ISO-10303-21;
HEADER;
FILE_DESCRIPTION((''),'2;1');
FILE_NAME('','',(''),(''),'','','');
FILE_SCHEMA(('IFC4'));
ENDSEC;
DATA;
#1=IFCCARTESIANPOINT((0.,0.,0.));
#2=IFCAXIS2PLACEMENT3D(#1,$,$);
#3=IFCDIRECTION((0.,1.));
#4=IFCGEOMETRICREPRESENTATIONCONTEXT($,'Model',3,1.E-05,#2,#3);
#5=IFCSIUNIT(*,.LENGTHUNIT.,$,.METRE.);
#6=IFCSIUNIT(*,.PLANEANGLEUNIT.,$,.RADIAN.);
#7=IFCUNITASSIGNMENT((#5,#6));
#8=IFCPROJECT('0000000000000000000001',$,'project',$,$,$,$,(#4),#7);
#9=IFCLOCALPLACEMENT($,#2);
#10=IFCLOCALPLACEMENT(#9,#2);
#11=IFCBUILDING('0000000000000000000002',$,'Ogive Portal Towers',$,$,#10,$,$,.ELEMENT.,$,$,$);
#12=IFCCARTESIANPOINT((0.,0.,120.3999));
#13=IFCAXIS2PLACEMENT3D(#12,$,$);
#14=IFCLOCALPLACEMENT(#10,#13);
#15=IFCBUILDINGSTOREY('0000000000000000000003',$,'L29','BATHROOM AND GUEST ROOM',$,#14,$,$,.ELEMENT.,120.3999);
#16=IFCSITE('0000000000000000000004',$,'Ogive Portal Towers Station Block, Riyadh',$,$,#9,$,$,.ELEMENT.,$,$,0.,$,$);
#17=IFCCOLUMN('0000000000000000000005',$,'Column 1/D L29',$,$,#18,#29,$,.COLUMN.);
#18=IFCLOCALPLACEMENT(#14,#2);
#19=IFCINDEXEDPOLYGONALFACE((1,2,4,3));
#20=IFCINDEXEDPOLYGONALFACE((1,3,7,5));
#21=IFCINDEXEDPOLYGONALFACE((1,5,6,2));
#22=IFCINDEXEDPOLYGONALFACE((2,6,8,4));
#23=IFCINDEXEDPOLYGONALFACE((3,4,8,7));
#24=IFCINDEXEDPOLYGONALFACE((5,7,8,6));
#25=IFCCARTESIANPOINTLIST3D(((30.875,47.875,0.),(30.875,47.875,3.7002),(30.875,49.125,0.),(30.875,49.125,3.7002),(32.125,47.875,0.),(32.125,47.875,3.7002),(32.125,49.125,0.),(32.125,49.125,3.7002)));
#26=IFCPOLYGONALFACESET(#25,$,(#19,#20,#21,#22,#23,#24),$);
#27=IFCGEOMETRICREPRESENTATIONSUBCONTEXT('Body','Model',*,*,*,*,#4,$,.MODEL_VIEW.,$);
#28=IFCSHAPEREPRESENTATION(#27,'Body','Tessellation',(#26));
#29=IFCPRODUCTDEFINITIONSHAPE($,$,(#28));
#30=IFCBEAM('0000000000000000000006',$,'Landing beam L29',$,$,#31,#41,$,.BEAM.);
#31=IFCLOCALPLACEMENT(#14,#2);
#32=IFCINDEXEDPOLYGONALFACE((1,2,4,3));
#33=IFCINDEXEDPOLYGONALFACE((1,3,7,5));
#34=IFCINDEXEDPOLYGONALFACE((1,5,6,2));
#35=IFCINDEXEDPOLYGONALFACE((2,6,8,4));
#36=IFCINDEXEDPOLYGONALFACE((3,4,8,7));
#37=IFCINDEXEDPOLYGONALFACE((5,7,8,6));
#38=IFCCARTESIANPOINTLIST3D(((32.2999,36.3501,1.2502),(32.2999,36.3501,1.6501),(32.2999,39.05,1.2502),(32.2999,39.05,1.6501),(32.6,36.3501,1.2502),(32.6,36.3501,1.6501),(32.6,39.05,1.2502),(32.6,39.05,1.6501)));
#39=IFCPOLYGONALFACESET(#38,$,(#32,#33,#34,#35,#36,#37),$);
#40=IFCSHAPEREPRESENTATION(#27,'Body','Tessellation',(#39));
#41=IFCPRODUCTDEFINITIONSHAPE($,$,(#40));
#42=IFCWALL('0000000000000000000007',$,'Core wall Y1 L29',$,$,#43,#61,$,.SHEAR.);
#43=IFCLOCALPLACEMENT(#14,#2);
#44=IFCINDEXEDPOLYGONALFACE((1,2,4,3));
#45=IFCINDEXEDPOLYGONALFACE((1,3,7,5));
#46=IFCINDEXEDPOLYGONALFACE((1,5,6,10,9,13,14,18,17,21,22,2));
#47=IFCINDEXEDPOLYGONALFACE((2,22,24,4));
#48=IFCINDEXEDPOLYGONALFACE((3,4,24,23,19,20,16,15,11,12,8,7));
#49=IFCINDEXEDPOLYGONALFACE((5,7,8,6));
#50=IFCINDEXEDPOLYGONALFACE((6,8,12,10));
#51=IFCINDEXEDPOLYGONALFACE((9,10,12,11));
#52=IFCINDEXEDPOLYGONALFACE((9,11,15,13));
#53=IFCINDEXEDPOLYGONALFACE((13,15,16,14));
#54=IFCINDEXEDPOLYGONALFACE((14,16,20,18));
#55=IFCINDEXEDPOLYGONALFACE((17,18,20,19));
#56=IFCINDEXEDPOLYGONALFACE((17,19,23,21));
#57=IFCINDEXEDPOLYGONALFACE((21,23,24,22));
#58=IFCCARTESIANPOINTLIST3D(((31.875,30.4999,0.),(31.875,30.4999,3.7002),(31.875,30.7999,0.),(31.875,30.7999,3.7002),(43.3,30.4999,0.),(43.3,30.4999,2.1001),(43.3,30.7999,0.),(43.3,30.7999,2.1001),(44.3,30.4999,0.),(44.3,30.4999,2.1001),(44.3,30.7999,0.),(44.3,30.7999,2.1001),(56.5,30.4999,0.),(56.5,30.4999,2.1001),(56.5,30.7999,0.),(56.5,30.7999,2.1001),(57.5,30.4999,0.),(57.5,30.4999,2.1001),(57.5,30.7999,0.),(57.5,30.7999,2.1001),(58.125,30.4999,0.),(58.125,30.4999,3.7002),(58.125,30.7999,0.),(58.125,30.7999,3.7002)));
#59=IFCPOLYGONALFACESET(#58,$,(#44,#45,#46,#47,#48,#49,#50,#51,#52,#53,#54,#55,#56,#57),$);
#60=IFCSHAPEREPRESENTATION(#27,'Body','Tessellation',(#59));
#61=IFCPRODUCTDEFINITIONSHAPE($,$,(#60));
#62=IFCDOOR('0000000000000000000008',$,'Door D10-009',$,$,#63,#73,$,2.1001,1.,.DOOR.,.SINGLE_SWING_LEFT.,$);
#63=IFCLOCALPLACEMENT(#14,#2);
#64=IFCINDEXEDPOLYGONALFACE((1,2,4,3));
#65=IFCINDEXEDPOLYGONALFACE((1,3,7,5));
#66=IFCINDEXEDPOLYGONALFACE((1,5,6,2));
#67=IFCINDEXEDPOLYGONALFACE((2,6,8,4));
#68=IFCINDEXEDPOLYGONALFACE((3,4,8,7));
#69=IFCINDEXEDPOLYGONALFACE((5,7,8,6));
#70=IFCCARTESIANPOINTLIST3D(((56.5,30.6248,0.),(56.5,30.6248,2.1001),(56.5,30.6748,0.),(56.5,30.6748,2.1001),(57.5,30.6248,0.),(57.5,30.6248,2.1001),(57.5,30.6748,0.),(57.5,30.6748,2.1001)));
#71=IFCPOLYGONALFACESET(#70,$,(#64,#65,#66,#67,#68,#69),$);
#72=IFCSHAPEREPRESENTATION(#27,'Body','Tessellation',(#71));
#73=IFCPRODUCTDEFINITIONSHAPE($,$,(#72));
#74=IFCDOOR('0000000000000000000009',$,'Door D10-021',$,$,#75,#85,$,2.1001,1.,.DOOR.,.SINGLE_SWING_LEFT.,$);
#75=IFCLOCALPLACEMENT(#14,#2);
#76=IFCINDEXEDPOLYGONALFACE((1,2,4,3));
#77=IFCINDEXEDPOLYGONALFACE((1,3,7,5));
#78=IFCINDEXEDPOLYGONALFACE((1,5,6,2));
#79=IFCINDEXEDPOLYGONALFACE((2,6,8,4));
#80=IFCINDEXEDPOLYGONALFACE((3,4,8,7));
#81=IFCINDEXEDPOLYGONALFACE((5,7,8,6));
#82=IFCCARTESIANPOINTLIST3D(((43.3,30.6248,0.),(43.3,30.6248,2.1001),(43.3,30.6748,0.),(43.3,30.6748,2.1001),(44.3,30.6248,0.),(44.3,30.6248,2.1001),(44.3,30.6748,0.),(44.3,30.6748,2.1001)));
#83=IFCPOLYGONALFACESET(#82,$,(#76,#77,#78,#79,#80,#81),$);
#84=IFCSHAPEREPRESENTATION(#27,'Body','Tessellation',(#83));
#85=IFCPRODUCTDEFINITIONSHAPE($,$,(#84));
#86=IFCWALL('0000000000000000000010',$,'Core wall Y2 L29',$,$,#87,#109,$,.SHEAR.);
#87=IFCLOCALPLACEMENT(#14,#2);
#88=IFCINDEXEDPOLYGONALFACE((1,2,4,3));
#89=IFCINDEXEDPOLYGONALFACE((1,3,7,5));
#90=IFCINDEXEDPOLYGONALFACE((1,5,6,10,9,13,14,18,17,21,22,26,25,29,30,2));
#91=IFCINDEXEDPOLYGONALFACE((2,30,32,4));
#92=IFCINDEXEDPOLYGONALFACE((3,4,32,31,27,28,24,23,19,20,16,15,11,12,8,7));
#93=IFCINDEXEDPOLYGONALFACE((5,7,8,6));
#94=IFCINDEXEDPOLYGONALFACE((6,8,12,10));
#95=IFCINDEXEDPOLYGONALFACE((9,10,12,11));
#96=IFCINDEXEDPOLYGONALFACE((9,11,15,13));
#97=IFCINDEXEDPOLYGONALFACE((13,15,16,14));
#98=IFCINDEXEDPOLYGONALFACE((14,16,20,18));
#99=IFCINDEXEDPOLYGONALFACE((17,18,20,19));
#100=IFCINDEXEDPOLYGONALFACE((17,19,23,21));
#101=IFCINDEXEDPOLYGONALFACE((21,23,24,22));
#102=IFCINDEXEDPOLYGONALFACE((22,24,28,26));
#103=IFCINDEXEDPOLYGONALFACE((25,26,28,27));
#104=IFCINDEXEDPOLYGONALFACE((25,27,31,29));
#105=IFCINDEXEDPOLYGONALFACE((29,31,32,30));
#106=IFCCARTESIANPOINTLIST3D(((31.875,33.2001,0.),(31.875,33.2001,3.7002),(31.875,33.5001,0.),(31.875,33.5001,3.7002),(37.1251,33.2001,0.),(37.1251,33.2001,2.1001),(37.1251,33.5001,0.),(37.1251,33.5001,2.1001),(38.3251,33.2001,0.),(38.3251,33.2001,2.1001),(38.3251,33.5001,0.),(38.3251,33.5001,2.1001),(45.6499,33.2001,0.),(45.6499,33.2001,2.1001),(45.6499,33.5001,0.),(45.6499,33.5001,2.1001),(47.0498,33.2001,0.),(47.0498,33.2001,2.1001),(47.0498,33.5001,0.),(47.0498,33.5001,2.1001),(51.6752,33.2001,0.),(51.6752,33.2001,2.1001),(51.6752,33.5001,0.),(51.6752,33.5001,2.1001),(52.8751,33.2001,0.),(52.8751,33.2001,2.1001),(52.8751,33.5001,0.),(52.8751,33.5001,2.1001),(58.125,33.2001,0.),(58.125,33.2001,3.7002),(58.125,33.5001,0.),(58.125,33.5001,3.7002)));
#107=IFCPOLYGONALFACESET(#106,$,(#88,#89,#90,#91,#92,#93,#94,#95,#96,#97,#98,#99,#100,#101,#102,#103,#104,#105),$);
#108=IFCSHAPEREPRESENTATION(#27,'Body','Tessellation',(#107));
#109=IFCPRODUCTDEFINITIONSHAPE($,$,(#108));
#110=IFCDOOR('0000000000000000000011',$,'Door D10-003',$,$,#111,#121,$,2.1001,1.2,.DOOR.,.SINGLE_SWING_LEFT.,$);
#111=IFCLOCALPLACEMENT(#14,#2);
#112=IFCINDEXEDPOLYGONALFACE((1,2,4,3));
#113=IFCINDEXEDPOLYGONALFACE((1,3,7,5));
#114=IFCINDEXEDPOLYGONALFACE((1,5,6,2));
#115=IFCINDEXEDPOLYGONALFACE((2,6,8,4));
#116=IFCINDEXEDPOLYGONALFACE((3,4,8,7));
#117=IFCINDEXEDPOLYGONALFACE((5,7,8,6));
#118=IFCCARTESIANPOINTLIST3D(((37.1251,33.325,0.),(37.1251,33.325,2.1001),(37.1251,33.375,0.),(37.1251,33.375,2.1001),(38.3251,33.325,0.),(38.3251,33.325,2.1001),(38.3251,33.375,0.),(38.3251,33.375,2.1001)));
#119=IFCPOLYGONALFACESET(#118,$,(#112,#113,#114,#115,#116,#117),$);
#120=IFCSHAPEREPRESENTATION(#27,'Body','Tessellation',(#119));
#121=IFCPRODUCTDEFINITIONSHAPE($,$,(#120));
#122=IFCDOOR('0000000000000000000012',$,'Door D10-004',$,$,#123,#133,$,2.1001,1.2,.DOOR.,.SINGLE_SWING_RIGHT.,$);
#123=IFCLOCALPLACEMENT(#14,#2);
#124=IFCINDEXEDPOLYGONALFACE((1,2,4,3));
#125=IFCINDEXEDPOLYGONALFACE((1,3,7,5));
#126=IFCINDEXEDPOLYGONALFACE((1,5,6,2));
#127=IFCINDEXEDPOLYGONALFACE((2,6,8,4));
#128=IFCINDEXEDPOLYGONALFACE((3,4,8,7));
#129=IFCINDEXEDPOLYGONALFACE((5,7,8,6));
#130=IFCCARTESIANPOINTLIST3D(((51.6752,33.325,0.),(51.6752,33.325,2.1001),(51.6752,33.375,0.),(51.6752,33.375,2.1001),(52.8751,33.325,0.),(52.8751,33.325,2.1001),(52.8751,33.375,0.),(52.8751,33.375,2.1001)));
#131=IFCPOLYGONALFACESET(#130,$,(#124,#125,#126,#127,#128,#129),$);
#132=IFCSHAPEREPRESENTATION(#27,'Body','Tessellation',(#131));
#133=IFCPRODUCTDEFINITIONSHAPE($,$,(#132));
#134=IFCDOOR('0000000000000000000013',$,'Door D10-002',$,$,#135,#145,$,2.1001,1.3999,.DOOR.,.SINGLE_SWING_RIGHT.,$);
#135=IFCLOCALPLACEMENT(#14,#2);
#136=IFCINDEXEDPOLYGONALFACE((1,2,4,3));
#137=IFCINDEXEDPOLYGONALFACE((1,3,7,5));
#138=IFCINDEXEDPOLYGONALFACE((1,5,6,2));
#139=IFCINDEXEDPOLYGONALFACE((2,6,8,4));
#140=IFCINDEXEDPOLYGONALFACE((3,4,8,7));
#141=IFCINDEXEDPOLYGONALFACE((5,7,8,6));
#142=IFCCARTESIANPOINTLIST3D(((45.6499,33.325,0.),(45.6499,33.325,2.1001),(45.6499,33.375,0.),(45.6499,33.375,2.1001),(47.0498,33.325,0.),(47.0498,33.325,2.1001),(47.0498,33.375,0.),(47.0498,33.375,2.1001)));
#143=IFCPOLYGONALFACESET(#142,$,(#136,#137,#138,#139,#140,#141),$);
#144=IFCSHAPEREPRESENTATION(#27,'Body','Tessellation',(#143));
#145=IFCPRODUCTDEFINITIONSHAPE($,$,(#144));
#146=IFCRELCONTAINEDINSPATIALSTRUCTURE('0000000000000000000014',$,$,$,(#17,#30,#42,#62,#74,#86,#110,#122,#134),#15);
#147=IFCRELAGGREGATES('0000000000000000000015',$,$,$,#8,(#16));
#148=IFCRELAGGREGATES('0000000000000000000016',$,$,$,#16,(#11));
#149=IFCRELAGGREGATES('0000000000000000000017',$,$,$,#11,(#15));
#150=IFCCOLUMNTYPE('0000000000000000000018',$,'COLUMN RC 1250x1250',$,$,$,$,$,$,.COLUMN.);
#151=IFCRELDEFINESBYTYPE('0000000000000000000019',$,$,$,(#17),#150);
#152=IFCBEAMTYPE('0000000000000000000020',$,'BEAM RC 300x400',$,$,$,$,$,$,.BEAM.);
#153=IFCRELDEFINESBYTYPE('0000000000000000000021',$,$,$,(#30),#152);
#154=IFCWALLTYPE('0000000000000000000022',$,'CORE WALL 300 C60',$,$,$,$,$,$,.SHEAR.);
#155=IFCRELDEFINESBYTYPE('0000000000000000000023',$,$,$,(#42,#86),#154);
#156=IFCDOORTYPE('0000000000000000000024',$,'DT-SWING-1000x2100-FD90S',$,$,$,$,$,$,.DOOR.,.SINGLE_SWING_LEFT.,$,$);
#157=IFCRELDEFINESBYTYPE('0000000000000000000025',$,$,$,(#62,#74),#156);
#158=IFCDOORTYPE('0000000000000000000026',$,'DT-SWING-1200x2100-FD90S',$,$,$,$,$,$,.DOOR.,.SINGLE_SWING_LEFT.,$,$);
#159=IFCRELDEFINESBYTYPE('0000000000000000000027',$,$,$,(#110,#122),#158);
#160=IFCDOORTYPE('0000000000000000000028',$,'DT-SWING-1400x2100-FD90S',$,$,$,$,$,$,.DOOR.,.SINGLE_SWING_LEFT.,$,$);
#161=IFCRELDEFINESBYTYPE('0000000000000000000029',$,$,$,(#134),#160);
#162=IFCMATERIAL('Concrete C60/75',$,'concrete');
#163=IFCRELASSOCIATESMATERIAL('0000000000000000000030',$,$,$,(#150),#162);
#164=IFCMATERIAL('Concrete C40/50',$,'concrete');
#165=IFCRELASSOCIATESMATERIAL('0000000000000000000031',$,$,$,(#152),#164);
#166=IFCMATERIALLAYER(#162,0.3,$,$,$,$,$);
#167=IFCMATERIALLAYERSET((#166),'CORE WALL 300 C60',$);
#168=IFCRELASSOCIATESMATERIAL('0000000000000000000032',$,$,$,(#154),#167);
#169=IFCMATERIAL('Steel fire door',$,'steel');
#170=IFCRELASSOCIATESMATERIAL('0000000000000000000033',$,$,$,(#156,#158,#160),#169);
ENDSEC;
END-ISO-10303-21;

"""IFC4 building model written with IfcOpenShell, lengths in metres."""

from ifc_helpers import new_model, si_unit, direction, frame, frame_2d, origin, origin_2d, place, context, subcontext, project, spatial, rectangle, extrude, material, layer, layer_set, material_profile, profile_set, type_object, element, fill, save


model = new_model("IFC4")

# Units and contexts
model_context = context("Model", 3, precision=1e-05, world=origin(), true_north=direction((0.0, 1.0)))
body_context = subcontext(model_context, "Body", "Model", "MODEL_VIEW")
ifc_project = project(units=[si_unit("LENGTHUNIT", "METRE"), si_unit("PLANEANGLEUNIT", "RADIAN")], contexts=[model_context])

# Site, building, storey
site_placement = place(None, origin())
site = spatial("IfcSite", under=ifc_project, at=site_placement, Name="Ogive Portal Towers Station Block, Riyadh", CompositionType="ELEMENT", RefElevation=0.0)
building_placement = place(site_placement, origin())
building = spatial("IfcBuilding", under=site, at=building_placement, Name="Ogive Portal Towers", CompositionType="ELEMENT")
storey_placement = place(building_placement, frame((0.0, 0.0, 120.3999)))
storey = spatial("IfcBuildingStorey", under=building, at=storey_placement, Name="L29", Description="BATHROOM AND GUEST ROOM", CompositionType="ELEMENT", Elevation=120.3999)

# Column
ifc_material_1 = material(Name="Concrete C60/75", Category="concrete")
ifc_material_profile_1 = material_profile(ifc_material_1, rectangle(XDim=1.25, YDim=1.25, at=origin_2d()), Name="RC 1250x1250")
ifc_profile_set_1 = profile_set([ifc_material_profile_1], Name="Concrete C60/75")
column_type = type_object("IfcColumnType", Name="COLUMN RC 1250x1250", PredefinedType="COLUMN", material=ifc_profile_set_1)
column_placement = place(storey_placement, frame((31.5, 48.5, 0.0), z_axis=(0.0, 0.0, 1.0), x_axis=(1.0, 0.0, 0.0)))
element("IfcColumn", 1, at=column_placement, inside=storey, type_object=column_type, Name="Column 1/D L29", PredefinedType="COLUMN", context=body_context, shape_type="SweptSolid", body=[
    extrude(rectangle(XDim=1.25, YDim=1.25, at=origin_2d()), origin(), (0.0, 0.0, 1.0), 3.7002),
])

# Beam
ifc_material_2 = material(Name="Concrete C40/50", Category="concrete")
ifc_material_profile_2 = material_profile(ifc_material_2, rectangle(XDim=0.3, YDim=0.3999, at=origin_2d()), Name="RC 300x400")
ifc_profile_set_2 = profile_set([ifc_material_profile_2], Name="Concrete C40/50")
beam_type = type_object("IfcBeamType", Name="BEAM RC 300x400", PredefinedType="BEAM", material=ifc_profile_set_2)
beam_placement = place(storey_placement, frame((32.45, 36.3501, 1.4502), z_axis=(0.0, 1.0, 0.0), x_axis=(-1.0, 0.0, 0.0)))
element("IfcBeam", 2, at=beam_placement, inside=storey, type_object=beam_type, Name="Landing beam L29", PredefinedType="BEAM", context=body_context, shape_type="SweptSolid", body=[
    extrude(rectangle(XDim=0.3, YDim=0.3999, at=origin_2d()), origin(), (0.0, 0.0, 1.0), 2.7),
])

# Walls, openings, doors
ifc_layer_1 = layer(ifc_material_1, 0.3)
ifc_layer_set_1 = layer_set([ifc_layer_1], Name="CORE WALL 300 C60")
wall_type_1 = type_object("IfcWallType", Name="CORE WALL 300 C60", PredefinedType="SHEAR", material=ifc_layer_set_1)
wall_1_placement = place(storey_placement, frame((31.875, 30.6499, 0.0), z_axis=(0.0, 0.0, 1.0), x_axis=(1.0, 0.0, 0.0)))
wall_1 = element("IfcWall", 3, at=wall_1_placement, inside=storey, type_object=wall_type_1, Name="Core wall Y1 L29", PredefinedType="SHEAR", context=body_context, shape_type="SweptSolid", body=[
    extrude(rectangle(XDim=26.25, YDim=0.3, at=frame_2d((13.125, 0.0))), origin(), (0.0, 0.0, 1.0), 3.7002),
])
opening_1_placement = place(wall_1_placement, frame((24.625, 0.0, 0.0)))
opening_1 = element("IfcOpeningElement", 4, at=opening_1_placement, cuts=wall_1, PredefinedType="OPENING", context=body_context, shape_type="SweptSolid", body=[
    extrude(rectangle(XDim=1.0, YDim=2.1001, at=frame_2d((0.5, 1.05))), frame((0.0, 0.1602, 0.0), z_axis=(0.0, -1.0, 0.0), x_axis=(1.0, 0.0, 0.0)), (0.0, 0.0, 1.0), 0.3201),
])
opening_2_placement = place(wall_1_placement, frame((11.425, 0.0, 0.0)))
opening_2 = element("IfcOpeningElement", 5, at=opening_2_placement, cuts=wall_1, PredefinedType="OPENING", context=body_context, shape_type="SweptSolid", body=[
    extrude(rectangle(XDim=1.0, YDim=2.1001, at=frame_2d((0.5, 1.05))), frame((0.0, 0.1602, 0.0), z_axis=(0.0, -1.0, 0.0), x_axis=(1.0, 0.0, 0.0)), (0.0, 0.0, 1.0), 0.3201),
])
ifc_material_3 = material(Name="Steel fire door", Category="steel")
door_type_1 = type_object("IfcDoorType", Name="DT-SWING-1000x2100-FD90S", OperationType="SINGLE_SWING_LEFT", PredefinedType="DOOR", material=ifc_material_3)
door_1_placement = place(opening_1_placement, origin())
door_1 = element("IfcDoor", 6, at=door_1_placement, inside=storey, type_object=door_type_1, Name="Door D10-009", OperationType="SINGLE_SWING_LEFT", OverallHeight=2.1001, OverallWidth=1.0, PredefinedType="DOOR", context=body_context, shape_type="SweptSolid", body=[
    extrude(rectangle(XDim=1.0, YDim=2.1001, at=frame_2d((0.5, 1.05))), frame((0.0, 0.0249, 0.0), z_axis=(0.0, -1.0, 0.0), x_axis=(1.0, 0.0, 0.0)), (0.0, 0.0, 1.0), 0.05),
])
fill(opening_1, door_1)
door_2_placement = place(opening_2_placement, origin())
door_2 = element("IfcDoor", 7, at=door_2_placement, inside=storey, type_object=door_type_1, Name="Door D10-021", OperationType="SINGLE_SWING_LEFT", OverallHeight=2.1001, OverallWidth=1.0, PredefinedType="DOOR", context=body_context, shape_type="SweptSolid", body=[
    extrude(rectangle(XDim=1.0, YDim=2.1001, at=frame_2d((0.5, 1.05))), frame((0.0, 0.0249, 0.0), z_axis=(0.0, -1.0, 0.0), x_axis=(1.0, 0.0, 0.0)), (0.0, 0.0, 1.0), 0.05),
])
fill(opening_2, door_2)
wall_2_placement = place(storey_placement, frame((31.875, 33.3501, 0.0), z_axis=(0.0, 0.0, 1.0), x_axis=(1.0, 0.0, 0.0)))
wall_2 = element("IfcWall", 8, at=wall_2_placement, inside=storey, type_object=wall_type_1, Name="Core wall Y2 L29", PredefinedType="SHEAR", context=body_context, shape_type="SweptSolid", body=[
    extrude(rectangle(XDim=26.25, YDim=0.3, at=frame_2d((13.125, 0.0))), origin(), (0.0, 0.0, 1.0), 3.7002),
])
opening_3_placement = place(wall_2_placement, frame((13.7749, 0.0, 0.0)))
opening_3 = element("IfcOpeningElement", 9, at=opening_3_placement, cuts=wall_2, PredefinedType="OPENING", context=body_context, shape_type="SweptSolid", body=[
    extrude(rectangle(XDim=1.3999, YDim=2.1001, at=frame_2d((0.7, 1.05))), frame((0.0, 0.1602, 0.0), z_axis=(0.0, -1.0, 0.0), x_axis=(1.0, 0.0, 0.0)), (0.0, 0.0, 1.0), 0.3201),
])
opening_4_placement = place(wall_2_placement, frame((5.25, 0.0, 0.0)))
opening_4 = element("IfcOpeningElement", 10, at=opening_4_placement, cuts=wall_2, PredefinedType="OPENING", context=body_context, shape_type="SweptSolid", body=[
    extrude(rectangle(XDim=1.2, YDim=2.1001, at=frame_2d((0.6001, 1.05))), frame((0.0, 0.1602, 0.0), z_axis=(0.0, -1.0, 0.0), x_axis=(1.0, 0.0, 0.0)), (0.0, 0.0, 1.0), 0.3201),
])
opening_5_placement = place(wall_2_placement, frame((19.8, 0.0, 0.0)))
opening_5 = element("IfcOpeningElement", 11, at=opening_5_placement, cuts=wall_2, PredefinedType="OPENING", context=body_context, shape_type="SweptSolid", body=[
    extrude(rectangle(XDim=1.2, YDim=2.1001, at=frame_2d((0.6001, 1.05))), frame((0.0, 0.1602, 0.0), z_axis=(0.0, -1.0, 0.0), x_axis=(1.0, 0.0, 0.0)), (0.0, 0.0, 1.0), 0.3201),
])
door_type_2 = type_object("IfcDoorType", Name="DT-SWING-1200x2100-FD90S", OperationType="SINGLE_SWING_LEFT", PredefinedType="DOOR", material=ifc_material_3)
door_3_placement = place(opening_4_placement, origin())
door_3 = element("IfcDoor", 12, at=door_3_placement, inside=storey, type_object=door_type_2, Name="Door D10-003", OperationType="SINGLE_SWING_LEFT", OverallHeight=2.1001, OverallWidth=1.2, PredefinedType="DOOR", context=body_context, shape_type="SweptSolid", body=[
    extrude(rectangle(XDim=1.2, YDim=2.1001, at=frame_2d((0.6001, 1.05))), frame((0.0, 0.0249, 0.0), z_axis=(0.0, -1.0, 0.0), x_axis=(1.0, 0.0, 0.0)), (0.0, 0.0, 1.0), 0.05),
])
fill(opening_4, door_3)
door_4_placement = place(opening_5_placement, origin())
door_4 = element("IfcDoor", 13, at=door_4_placement, inside=storey, type_object=door_type_2, Name="Door D10-004", OperationType="SINGLE_SWING_RIGHT", OverallHeight=2.1001, OverallWidth=1.2, PredefinedType="DOOR", context=body_context, shape_type="SweptSolid", body=[
    extrude(rectangle(XDim=1.2, YDim=2.1001, at=frame_2d((0.6001, 1.05))), frame((0.0, 0.0249, 0.0), z_axis=(0.0, -1.0, 0.0), x_axis=(1.0, 0.0, 0.0)), (0.0, 0.0, 1.0), 0.05),
])
fill(opening_5, door_4)
door_type_3 = type_object("IfcDoorType", Name="DT-SWING-1400x2100-FD90S", OperationType="SINGLE_SWING_LEFT", PredefinedType="DOOR", material=ifc_material_3)
door_5_placement = place(opening_3_placement, origin())
door_5 = element("IfcDoor", 14, at=door_5_placement, inside=storey, type_object=door_type_3, Name="Door D10-002", OperationType="SINGLE_SWING_RIGHT", OverallHeight=2.1001, OverallWidth=1.3999, PredefinedType="DOOR", context=body_context, shape_type="SweptSolid", body=[
    extrude(rectangle(XDim=1.3999, YDim=2.1001, at=frame_2d((0.7, 1.05))), frame((0.0, 0.0249, 0.0), z_axis=(0.0, -1.0, 0.0), x_axis=(1.0, 0.0, 0.0)), (0.0, 0.0, 1.0), 0.05),
])
fill(opening_3, door_5)

save(model, "model.ifc")
